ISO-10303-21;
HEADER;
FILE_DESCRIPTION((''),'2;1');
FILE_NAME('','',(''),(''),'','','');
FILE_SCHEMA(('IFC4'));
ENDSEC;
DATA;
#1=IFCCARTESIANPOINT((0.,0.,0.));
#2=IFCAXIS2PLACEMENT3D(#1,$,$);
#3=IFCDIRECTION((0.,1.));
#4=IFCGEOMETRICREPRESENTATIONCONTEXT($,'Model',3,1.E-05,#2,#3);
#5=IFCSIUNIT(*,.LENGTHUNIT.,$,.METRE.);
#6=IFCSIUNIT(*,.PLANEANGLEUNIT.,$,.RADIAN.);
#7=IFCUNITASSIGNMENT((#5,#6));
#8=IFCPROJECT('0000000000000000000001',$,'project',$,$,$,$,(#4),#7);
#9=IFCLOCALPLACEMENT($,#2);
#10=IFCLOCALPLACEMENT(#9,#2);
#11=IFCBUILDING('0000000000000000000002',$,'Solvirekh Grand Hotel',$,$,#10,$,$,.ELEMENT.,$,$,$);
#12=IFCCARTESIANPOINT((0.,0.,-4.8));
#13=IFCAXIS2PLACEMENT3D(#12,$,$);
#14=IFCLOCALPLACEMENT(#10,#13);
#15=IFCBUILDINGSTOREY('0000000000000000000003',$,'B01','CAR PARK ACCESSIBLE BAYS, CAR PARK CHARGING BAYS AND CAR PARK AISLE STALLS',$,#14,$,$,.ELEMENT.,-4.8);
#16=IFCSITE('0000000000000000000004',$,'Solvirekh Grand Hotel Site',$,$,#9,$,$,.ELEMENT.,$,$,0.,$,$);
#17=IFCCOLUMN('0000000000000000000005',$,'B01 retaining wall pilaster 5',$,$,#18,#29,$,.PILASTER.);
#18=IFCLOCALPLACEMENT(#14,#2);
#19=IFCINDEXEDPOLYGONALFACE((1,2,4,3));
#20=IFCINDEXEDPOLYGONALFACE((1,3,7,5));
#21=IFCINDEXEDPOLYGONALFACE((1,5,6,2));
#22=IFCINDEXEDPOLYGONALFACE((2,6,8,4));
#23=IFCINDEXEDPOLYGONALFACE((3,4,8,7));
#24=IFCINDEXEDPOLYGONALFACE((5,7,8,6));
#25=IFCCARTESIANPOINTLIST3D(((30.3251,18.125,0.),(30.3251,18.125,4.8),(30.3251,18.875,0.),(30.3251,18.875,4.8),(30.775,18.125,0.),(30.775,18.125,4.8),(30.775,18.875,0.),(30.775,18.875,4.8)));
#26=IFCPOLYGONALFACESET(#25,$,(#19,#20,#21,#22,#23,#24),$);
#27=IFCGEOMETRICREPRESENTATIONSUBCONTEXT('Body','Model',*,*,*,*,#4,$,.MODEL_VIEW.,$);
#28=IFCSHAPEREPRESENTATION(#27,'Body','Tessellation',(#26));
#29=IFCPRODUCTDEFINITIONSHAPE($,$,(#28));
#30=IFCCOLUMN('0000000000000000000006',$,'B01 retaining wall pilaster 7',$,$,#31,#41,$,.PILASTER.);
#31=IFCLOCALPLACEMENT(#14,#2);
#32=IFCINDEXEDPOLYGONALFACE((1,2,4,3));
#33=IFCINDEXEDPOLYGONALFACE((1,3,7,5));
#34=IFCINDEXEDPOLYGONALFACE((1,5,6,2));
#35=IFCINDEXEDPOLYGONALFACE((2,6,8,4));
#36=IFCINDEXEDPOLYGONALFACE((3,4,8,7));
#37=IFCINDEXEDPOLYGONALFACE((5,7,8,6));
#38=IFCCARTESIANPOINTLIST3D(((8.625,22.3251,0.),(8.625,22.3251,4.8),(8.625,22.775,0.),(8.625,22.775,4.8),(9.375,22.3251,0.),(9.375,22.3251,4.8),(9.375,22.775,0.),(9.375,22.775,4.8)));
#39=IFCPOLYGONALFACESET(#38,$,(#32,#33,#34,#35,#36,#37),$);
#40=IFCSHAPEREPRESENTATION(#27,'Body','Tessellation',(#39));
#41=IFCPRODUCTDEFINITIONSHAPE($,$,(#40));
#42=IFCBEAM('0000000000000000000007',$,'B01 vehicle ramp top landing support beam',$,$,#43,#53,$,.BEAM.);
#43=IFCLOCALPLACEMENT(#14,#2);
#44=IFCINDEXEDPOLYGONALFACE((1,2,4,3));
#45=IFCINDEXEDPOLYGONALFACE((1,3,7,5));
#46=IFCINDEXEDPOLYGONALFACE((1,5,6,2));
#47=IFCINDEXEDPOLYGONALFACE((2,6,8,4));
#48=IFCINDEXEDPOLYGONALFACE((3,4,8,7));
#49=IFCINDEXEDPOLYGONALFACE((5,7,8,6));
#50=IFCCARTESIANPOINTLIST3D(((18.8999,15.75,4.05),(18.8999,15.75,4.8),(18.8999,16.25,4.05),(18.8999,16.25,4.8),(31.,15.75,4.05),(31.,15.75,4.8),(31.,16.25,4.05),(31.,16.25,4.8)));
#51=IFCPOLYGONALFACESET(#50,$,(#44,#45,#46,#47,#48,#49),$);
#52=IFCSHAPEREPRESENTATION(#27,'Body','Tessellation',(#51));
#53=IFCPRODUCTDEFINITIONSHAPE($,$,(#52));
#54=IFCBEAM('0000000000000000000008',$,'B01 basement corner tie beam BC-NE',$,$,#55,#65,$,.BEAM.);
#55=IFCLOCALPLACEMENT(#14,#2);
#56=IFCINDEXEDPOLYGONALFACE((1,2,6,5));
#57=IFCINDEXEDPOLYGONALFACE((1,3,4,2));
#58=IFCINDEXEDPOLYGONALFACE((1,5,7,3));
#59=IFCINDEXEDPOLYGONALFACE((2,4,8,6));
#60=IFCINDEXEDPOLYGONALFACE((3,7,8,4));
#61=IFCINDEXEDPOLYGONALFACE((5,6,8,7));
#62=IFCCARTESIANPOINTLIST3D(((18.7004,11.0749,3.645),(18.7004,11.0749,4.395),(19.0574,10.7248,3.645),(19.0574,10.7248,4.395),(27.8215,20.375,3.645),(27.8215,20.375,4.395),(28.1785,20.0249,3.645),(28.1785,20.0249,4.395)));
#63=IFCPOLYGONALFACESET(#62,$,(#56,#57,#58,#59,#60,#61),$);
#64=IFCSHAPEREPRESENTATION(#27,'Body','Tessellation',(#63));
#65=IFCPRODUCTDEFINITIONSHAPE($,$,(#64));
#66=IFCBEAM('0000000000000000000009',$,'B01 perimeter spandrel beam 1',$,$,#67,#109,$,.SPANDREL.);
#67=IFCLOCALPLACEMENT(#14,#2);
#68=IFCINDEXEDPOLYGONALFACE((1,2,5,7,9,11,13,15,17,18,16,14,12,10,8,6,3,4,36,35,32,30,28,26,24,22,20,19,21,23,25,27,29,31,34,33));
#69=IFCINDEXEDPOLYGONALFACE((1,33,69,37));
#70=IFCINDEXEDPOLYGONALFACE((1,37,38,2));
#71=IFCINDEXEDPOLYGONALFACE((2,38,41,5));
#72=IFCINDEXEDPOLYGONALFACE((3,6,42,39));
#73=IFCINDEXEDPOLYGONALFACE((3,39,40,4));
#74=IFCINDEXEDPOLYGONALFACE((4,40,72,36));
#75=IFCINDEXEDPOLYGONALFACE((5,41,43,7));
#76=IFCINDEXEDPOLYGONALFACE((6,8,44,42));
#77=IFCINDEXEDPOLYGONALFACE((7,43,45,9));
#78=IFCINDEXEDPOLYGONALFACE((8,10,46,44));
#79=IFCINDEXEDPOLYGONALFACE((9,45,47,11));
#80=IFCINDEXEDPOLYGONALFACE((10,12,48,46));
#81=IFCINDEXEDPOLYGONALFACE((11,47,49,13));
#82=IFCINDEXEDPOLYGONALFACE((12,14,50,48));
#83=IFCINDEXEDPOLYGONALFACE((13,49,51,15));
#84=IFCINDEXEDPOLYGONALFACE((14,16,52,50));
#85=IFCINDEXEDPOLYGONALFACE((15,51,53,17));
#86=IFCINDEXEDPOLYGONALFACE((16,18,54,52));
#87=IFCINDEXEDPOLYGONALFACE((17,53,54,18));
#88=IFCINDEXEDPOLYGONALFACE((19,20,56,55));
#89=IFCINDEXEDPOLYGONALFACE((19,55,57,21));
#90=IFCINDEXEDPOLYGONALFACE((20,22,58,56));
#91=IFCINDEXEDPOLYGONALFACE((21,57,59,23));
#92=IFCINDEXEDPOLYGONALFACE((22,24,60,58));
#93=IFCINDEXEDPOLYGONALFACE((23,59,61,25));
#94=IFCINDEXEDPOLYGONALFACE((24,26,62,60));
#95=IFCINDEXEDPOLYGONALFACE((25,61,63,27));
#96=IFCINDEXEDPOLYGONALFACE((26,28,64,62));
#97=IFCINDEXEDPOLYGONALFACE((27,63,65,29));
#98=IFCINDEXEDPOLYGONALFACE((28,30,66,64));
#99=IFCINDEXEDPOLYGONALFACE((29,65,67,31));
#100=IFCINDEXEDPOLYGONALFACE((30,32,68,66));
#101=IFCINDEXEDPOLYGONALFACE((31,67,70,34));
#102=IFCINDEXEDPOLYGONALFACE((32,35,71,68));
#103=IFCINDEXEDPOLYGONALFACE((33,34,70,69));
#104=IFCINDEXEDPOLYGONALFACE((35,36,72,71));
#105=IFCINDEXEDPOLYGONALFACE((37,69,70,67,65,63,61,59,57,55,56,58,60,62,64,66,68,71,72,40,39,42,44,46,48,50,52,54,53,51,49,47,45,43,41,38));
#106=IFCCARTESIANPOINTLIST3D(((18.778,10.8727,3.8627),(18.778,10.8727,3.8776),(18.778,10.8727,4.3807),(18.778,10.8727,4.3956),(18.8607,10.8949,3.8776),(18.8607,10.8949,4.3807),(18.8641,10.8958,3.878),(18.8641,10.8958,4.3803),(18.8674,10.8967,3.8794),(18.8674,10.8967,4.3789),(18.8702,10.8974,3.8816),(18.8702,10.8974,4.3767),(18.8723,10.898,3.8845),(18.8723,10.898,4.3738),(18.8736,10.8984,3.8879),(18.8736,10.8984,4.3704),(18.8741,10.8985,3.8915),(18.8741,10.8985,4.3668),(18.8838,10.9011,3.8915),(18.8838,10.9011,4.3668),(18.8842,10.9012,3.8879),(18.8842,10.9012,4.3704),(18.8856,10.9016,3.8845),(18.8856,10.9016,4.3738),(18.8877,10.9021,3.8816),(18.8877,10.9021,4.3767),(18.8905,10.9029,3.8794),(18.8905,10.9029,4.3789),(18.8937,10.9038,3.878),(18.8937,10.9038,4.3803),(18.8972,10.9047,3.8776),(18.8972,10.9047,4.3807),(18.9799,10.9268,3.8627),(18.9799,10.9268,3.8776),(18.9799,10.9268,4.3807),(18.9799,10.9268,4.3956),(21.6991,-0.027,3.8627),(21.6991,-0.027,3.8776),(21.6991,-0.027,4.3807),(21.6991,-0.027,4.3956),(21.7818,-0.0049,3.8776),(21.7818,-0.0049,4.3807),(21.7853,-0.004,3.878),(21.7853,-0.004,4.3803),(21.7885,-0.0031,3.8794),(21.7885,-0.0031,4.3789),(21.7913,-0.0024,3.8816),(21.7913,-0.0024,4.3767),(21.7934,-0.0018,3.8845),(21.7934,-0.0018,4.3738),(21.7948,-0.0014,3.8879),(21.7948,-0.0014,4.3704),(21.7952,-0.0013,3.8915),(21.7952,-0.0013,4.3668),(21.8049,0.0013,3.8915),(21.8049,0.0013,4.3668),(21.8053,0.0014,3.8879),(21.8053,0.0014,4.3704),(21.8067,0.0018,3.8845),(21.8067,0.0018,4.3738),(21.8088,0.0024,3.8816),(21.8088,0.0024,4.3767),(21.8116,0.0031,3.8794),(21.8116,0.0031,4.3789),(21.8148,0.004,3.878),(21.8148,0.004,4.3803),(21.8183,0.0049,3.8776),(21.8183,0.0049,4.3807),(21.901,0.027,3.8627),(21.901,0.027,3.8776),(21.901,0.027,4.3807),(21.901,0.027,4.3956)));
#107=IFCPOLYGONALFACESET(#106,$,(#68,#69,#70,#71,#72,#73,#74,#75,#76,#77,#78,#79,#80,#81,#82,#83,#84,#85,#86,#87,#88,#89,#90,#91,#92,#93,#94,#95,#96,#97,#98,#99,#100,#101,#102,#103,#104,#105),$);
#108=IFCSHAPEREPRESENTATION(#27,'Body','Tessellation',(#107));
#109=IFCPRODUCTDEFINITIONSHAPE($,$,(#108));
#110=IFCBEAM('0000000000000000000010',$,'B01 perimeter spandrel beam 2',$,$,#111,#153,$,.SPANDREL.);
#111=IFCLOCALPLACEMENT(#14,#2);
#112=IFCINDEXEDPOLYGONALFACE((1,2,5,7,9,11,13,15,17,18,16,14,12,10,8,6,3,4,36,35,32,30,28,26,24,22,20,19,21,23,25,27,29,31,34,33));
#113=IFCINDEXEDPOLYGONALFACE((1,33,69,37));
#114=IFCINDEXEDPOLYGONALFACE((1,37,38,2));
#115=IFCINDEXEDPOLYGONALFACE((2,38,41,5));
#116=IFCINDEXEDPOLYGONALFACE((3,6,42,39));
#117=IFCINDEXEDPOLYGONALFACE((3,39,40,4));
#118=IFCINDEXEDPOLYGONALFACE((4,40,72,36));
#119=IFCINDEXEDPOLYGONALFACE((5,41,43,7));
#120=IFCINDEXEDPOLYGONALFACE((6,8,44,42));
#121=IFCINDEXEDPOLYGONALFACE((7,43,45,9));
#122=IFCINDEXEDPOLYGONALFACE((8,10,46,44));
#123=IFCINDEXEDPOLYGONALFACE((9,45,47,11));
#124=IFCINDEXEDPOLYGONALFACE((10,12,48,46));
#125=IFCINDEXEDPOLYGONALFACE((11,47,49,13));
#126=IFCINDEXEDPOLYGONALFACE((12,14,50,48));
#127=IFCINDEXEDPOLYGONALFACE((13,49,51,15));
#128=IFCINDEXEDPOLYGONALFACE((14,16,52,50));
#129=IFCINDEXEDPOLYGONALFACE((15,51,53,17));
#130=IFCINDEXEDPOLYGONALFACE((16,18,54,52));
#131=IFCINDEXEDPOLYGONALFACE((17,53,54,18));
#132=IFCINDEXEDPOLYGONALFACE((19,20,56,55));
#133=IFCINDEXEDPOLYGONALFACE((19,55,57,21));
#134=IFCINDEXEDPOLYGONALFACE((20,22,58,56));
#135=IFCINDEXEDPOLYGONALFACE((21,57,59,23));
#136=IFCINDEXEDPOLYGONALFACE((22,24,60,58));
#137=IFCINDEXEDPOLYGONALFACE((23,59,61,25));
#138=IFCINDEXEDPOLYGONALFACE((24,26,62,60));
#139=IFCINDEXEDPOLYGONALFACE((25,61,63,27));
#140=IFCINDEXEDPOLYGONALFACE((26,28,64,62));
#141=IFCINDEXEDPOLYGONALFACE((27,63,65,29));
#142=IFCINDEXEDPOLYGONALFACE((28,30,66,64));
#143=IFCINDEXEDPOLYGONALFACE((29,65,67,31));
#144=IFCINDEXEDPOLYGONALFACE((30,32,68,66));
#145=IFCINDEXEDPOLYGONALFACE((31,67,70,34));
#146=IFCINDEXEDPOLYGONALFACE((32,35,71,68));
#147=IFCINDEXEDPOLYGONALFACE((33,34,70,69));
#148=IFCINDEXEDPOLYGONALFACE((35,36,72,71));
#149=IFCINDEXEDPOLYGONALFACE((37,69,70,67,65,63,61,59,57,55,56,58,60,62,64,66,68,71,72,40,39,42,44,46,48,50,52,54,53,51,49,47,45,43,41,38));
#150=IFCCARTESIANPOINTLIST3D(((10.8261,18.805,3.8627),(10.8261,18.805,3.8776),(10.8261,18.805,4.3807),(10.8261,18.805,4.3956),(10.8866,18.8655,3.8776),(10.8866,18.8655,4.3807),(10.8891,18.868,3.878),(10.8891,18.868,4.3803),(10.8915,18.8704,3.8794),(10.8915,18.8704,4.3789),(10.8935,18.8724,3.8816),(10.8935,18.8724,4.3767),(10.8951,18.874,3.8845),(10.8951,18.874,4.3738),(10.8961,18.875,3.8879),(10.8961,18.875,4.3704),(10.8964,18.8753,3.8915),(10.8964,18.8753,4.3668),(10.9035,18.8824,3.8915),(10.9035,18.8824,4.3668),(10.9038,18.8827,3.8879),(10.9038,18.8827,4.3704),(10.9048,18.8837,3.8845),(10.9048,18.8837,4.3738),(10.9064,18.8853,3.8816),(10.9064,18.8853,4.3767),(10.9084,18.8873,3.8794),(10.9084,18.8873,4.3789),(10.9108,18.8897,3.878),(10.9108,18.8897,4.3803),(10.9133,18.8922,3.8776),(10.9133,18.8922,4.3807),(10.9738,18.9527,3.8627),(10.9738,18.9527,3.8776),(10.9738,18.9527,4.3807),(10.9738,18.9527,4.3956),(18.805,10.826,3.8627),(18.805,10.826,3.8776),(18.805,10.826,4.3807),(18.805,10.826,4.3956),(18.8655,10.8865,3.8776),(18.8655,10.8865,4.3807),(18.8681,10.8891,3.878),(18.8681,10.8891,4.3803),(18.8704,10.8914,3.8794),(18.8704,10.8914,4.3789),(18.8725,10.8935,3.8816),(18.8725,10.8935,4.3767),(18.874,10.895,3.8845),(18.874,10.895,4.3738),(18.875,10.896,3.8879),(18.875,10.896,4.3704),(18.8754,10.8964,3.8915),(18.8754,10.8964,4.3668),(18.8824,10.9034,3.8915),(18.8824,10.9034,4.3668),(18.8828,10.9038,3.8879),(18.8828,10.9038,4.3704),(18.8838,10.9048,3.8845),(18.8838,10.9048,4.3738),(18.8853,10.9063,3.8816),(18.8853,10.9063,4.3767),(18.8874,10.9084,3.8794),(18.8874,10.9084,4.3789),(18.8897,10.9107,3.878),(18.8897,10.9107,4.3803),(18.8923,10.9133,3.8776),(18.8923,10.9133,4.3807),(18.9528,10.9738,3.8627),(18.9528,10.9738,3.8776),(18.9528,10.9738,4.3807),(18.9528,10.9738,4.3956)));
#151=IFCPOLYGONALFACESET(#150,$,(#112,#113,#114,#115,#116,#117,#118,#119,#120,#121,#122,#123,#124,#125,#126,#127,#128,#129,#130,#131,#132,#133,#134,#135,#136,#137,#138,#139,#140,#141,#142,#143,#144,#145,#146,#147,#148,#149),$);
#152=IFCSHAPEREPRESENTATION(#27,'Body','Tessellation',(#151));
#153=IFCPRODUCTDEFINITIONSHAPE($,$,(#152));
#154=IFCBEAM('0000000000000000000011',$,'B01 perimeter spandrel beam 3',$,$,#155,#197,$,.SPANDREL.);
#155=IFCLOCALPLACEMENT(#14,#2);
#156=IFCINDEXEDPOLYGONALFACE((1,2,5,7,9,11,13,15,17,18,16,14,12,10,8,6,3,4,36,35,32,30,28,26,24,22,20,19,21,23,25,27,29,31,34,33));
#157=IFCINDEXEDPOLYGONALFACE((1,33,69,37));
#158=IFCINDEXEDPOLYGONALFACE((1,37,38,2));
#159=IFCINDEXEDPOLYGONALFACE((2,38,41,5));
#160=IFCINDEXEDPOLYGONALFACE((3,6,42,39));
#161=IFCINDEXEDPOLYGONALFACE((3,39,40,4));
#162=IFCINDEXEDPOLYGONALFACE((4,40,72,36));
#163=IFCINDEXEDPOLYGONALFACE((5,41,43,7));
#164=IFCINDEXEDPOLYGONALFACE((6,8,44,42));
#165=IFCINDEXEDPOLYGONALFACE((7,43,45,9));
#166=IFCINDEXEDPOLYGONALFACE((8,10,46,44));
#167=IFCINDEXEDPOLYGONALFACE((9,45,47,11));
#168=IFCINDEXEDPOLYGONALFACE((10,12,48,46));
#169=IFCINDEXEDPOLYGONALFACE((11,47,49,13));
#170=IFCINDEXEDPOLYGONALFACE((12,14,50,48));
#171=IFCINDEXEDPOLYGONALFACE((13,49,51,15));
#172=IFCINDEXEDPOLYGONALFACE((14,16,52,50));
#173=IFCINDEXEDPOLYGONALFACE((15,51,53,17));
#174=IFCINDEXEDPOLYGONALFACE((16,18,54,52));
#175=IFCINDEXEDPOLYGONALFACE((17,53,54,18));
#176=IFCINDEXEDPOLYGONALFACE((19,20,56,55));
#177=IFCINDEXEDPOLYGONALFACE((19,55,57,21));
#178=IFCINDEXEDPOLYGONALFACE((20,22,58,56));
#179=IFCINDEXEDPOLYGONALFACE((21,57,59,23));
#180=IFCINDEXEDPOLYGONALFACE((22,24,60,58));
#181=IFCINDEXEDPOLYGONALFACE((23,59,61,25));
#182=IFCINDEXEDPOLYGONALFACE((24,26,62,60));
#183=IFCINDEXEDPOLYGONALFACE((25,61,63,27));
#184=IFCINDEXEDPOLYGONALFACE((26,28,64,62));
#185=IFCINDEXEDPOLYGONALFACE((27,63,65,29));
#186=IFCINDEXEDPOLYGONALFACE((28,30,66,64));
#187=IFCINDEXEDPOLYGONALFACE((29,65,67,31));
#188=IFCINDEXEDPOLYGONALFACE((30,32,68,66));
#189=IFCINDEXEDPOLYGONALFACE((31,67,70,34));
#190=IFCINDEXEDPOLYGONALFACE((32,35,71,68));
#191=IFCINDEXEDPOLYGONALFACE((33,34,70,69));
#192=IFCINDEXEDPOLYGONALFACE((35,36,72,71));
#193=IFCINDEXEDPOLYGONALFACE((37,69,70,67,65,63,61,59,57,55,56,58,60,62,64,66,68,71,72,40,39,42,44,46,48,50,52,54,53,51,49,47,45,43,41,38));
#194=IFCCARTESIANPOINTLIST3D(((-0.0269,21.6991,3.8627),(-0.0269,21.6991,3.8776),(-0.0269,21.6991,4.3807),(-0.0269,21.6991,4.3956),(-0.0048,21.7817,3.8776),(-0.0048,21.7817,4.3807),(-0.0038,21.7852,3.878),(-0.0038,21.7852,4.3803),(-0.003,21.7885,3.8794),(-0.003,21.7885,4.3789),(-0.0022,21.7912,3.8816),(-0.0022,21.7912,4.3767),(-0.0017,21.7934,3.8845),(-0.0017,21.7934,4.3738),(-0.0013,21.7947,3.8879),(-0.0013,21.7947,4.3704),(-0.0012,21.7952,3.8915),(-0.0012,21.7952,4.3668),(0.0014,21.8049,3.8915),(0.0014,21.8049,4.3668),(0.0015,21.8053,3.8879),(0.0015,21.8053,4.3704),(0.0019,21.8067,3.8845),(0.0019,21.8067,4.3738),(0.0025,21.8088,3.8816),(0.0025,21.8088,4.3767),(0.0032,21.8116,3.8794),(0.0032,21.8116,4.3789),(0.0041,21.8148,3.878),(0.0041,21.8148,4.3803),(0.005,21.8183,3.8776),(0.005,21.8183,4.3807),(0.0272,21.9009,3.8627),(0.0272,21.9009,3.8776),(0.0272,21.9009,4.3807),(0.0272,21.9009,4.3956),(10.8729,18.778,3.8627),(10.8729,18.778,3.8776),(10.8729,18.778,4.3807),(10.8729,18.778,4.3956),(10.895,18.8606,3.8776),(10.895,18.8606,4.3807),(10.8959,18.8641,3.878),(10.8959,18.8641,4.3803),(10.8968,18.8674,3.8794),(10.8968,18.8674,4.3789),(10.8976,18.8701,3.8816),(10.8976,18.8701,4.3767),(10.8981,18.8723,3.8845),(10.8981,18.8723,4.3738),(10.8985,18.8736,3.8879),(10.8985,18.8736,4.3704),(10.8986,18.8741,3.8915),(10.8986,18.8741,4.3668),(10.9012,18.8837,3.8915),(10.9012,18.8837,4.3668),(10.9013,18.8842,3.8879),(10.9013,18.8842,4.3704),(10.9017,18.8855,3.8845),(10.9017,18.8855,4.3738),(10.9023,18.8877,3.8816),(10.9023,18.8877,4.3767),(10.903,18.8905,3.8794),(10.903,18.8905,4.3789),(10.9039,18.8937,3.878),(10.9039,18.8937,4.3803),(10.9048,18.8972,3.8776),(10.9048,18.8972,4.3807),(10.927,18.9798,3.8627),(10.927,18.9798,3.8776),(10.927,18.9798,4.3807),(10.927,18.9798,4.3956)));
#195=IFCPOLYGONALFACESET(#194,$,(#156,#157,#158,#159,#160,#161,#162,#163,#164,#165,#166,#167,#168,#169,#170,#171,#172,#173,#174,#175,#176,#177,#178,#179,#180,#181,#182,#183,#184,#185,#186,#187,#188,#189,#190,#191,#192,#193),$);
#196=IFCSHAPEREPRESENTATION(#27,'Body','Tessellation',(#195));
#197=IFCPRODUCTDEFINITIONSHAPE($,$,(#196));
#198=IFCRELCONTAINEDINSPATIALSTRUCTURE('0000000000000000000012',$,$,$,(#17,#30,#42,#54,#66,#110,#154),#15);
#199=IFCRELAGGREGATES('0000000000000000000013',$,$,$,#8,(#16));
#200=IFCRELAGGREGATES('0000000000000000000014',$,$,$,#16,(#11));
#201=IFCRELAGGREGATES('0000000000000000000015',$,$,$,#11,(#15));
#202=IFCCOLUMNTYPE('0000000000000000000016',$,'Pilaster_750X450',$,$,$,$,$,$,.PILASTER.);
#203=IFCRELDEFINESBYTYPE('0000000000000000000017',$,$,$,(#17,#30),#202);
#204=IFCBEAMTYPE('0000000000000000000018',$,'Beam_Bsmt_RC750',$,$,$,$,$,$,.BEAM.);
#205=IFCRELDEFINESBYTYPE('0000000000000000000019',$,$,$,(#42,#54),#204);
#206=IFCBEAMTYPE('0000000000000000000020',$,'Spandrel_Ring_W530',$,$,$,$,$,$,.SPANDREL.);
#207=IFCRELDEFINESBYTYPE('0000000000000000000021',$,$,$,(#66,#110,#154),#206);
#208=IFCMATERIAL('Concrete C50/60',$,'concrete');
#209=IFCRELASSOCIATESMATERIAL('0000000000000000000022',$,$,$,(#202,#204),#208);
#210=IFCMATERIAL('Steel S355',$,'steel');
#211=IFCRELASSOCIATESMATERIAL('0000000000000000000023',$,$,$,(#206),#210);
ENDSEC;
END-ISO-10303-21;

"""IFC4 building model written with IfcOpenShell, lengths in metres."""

from ifc_helpers import new_model, si_unit, direction, frame, origin, origin_2d, place, context, subcontext, project, spatial, rectangle, i_section, extrude, material, material_profile, profile_set, type_object, element, save


model = new_model("IFC4")

# Units and contexts
model_context = context("Model", 3, precision=1e-05, world=origin(), true_north=direction((0.0, 1.0)))
body_context = subcontext(model_context, "Body", "Model", "MODEL_VIEW")
ifc_project = project(units=[si_unit("LENGTHUNIT", "METRE"), si_unit("PLANEANGLEUNIT", "RADIAN")], contexts=[model_context])

# Site, building, storey
site_placement = place(None, origin())
site = spatial("IfcSite", under=ifc_project, at=site_placement, Name="Solvirekh Grand Hotel Site", CompositionType="ELEMENT", RefElevation=0.0)
building_placement = place(site_placement, origin())
building = spatial("IfcBuilding", under=site, at=building_placement, Name="Solvirekh Grand Hotel", CompositionType="ELEMENT")
storey_placement = place(building_placement, frame((0.0, 0.0, -4.8)))
storey = spatial("IfcBuildingStorey", under=building, at=storey_placement, Name="B01", Description="CAR PARK ACCESSIBLE BAYS, CAR PARK CHARGING BAYS AND CAR PARK AISLE STALLS", CompositionType="ELEMENT", Elevation=-4.8)

# Columns
ifc_material_1 = material(Name="Concrete C50/60", Category="concrete")
ifc_material_profile_1 = material_profile(ifc_material_1, rectangle(XDim=0.45, YDim=0.75, at=origin_2d()), Name="RC PILASTER 750X450")
ifc_profile_set_1 = profile_set([ifc_material_profile_1], Name="Concrete C50/60")
column_type_1 = type_object("IfcColumnType", Name="Pilaster_750X450", PredefinedType="PILASTER", material=ifc_profile_set_1)
for number, where, z_axis, x_axis, name in (
    (1, (30.55, 18.5, 0.0), (0.0, 0.0, 1.0), (1.0, 0.0, 0.0), "B01 retaining wall pilaster 5"),
    (2, (9.0, 22.55, 0.0), (0.0, 0.0, 1.0), (0.0, 1.0, 0.0), "B01 retaining wall pilaster 7"),
):
    element("IfcColumn", number, at=place(storey_placement, frame(where, z_axis=z_axis, x_axis=x_axis)), inside=storey, type_object=column_type_1, Name=name, PredefinedType="PILASTER", context=body_context, shape_type="SweptSolid", body=[
        extrude(rectangle(XDim=0.45, YDim=0.75, at=origin_2d()), origin(), (0.0, 0.0, 1.0), 4.8),
    ])

# Beams
ifc_material_profile_2 = material_profile(ifc_material_1, rectangle(XDim=0.5, YDim=0.75, at=origin_2d()), Name="RC BEAM 500X750")
ifc_profile_set_2 = profile_set([ifc_material_profile_2], Name="Concrete C50/60")
beam_type_1 = type_object("IfcBeamType", Name="Beam_Bsmt_RC750", PredefinedType="BEAM", material=ifc_profile_set_2)
beam_1_placement = place(storey_placement, frame((18.8999, 16.0, 4.425), z_axis=(1.0, 0.0, 0.0), x_axis=(0.0, 1.0, 0.0)))
element("IfcBeam", 3, at=beam_1_placement, inside=storey, type_object=beam_type_1, Name="B01 vehicle ramp top landing support beam", PredefinedType="BEAM", context=body_context, shape_type="SweptSolid", body=[
    extrude(rectangle(XDim=0.5, YDim=0.75, at=origin_2d()), origin(), (0.0, 0.0, 1.0), 12.1001),
])
beam_2_placement = place(storey_placement, frame((28.0, 20.2, 4.02), z_axis=(-0.700204, -0.713942, 0.0), x_axis=(0.713942, -0.700204, 0.0)))
element("IfcBeam", 4, at=beam_2_placement, inside=storey, type_object=beam_type_1, Name="B01 basement corner tie beam BC-NE", PredefinedType="BEAM", context=body_context, shape_type="SweptSolid", body=[
    extrude(rectangle(XDim=0.5, YDim=0.75, at=origin_2d()), origin(), (0.0, 0.0, 1.0), 13.0264),
])
ifc_material_2 = material(Name="Steel S355", Category="steel")
ifc_material_profile_3 = material_profile(ifc_material_2, i_section(OverallWidth=0.209, OverallDepth=0.533, WebThickness=0.01, FlangeThickness=0.0149, FilletRadius=0.0139, at=origin_2d()), Name="W530X92")
ifc_profile_set_3 = profile_set([ifc_material_profile_3], Name="Steel S355")
beam_type_2 = type_object("IfcBeamType", Name="Spandrel_Ring_W530", PredefinedType="SPANDREL", material=ifc_profile_set_3)
beam_3_placement = place(storey_placement, frame((21.8, 0.0, 4.1292), z_axis=(-0.258862, 0.965914, 0.0), x_axis=(-0.965914, -0.258862, 0.0)))
element("IfcBeam", 5, at=beam_3_placement, inside=storey, type_object=beam_type_2, Name="B01 perimeter spandrel beam 1", PredefinedType="SPANDREL", context=body_context, shape_type="SweptSolid", body=[
    extrude(i_section(OverallWidth=0.209, OverallDepth=0.533, WebThickness=0.01, FlangeThickness=0.0149, FilletRadius=0.0139, at=origin_2d()), origin(), (0.0, 0.0, 1.0), 11.2844),
])
beam_4_placement = place(storey_placement, frame((18.8789, 10.8999, 4.1292), z_axis=(-0.707107, 0.707107, 0.0), x_axis=(-0.707107, -0.707107, 0.0)))
element("IfcBeam", 6, at=beam_4_placement, inside=storey, type_object=beam_type_2, Name="B01 perimeter spandrel beam 2", PredefinedType="SPANDREL", context=body_context, shape_type="SweptSolid", body=[
    extrude(i_section(OverallWidth=0.209, OverallDepth=0.533, WebThickness=0.01, FlangeThickness=0.0149, FilletRadius=0.0139, at=origin_2d()), origin(), (0.0, 0.0, 1.0), 11.2839),
])
beam_5_placement = place(storey_placement, frame((10.8999, 18.8789, 4.1292), z_axis=(-0.965914, 0.258862, 0.0), x_axis=(-0.258862, -0.965914, 0.0)))
element("IfcBeam", 7, at=beam_5_placement, inside=storey, type_object=beam_type_2, Name="B01 perimeter spandrel beam 3", PredefinedType="SPANDREL", context=body_context, shape_type="SweptSolid", body=[
    extrude(i_section(OverallWidth=0.209, OverallDepth=0.533, WebThickness=0.01, FlangeThickness=0.0149, FilletRadius=0.0139, at=origin_2d()), origin(), (0.0, 0.0, 1.0), 11.2844),
])

save(model, "model.ifc")
